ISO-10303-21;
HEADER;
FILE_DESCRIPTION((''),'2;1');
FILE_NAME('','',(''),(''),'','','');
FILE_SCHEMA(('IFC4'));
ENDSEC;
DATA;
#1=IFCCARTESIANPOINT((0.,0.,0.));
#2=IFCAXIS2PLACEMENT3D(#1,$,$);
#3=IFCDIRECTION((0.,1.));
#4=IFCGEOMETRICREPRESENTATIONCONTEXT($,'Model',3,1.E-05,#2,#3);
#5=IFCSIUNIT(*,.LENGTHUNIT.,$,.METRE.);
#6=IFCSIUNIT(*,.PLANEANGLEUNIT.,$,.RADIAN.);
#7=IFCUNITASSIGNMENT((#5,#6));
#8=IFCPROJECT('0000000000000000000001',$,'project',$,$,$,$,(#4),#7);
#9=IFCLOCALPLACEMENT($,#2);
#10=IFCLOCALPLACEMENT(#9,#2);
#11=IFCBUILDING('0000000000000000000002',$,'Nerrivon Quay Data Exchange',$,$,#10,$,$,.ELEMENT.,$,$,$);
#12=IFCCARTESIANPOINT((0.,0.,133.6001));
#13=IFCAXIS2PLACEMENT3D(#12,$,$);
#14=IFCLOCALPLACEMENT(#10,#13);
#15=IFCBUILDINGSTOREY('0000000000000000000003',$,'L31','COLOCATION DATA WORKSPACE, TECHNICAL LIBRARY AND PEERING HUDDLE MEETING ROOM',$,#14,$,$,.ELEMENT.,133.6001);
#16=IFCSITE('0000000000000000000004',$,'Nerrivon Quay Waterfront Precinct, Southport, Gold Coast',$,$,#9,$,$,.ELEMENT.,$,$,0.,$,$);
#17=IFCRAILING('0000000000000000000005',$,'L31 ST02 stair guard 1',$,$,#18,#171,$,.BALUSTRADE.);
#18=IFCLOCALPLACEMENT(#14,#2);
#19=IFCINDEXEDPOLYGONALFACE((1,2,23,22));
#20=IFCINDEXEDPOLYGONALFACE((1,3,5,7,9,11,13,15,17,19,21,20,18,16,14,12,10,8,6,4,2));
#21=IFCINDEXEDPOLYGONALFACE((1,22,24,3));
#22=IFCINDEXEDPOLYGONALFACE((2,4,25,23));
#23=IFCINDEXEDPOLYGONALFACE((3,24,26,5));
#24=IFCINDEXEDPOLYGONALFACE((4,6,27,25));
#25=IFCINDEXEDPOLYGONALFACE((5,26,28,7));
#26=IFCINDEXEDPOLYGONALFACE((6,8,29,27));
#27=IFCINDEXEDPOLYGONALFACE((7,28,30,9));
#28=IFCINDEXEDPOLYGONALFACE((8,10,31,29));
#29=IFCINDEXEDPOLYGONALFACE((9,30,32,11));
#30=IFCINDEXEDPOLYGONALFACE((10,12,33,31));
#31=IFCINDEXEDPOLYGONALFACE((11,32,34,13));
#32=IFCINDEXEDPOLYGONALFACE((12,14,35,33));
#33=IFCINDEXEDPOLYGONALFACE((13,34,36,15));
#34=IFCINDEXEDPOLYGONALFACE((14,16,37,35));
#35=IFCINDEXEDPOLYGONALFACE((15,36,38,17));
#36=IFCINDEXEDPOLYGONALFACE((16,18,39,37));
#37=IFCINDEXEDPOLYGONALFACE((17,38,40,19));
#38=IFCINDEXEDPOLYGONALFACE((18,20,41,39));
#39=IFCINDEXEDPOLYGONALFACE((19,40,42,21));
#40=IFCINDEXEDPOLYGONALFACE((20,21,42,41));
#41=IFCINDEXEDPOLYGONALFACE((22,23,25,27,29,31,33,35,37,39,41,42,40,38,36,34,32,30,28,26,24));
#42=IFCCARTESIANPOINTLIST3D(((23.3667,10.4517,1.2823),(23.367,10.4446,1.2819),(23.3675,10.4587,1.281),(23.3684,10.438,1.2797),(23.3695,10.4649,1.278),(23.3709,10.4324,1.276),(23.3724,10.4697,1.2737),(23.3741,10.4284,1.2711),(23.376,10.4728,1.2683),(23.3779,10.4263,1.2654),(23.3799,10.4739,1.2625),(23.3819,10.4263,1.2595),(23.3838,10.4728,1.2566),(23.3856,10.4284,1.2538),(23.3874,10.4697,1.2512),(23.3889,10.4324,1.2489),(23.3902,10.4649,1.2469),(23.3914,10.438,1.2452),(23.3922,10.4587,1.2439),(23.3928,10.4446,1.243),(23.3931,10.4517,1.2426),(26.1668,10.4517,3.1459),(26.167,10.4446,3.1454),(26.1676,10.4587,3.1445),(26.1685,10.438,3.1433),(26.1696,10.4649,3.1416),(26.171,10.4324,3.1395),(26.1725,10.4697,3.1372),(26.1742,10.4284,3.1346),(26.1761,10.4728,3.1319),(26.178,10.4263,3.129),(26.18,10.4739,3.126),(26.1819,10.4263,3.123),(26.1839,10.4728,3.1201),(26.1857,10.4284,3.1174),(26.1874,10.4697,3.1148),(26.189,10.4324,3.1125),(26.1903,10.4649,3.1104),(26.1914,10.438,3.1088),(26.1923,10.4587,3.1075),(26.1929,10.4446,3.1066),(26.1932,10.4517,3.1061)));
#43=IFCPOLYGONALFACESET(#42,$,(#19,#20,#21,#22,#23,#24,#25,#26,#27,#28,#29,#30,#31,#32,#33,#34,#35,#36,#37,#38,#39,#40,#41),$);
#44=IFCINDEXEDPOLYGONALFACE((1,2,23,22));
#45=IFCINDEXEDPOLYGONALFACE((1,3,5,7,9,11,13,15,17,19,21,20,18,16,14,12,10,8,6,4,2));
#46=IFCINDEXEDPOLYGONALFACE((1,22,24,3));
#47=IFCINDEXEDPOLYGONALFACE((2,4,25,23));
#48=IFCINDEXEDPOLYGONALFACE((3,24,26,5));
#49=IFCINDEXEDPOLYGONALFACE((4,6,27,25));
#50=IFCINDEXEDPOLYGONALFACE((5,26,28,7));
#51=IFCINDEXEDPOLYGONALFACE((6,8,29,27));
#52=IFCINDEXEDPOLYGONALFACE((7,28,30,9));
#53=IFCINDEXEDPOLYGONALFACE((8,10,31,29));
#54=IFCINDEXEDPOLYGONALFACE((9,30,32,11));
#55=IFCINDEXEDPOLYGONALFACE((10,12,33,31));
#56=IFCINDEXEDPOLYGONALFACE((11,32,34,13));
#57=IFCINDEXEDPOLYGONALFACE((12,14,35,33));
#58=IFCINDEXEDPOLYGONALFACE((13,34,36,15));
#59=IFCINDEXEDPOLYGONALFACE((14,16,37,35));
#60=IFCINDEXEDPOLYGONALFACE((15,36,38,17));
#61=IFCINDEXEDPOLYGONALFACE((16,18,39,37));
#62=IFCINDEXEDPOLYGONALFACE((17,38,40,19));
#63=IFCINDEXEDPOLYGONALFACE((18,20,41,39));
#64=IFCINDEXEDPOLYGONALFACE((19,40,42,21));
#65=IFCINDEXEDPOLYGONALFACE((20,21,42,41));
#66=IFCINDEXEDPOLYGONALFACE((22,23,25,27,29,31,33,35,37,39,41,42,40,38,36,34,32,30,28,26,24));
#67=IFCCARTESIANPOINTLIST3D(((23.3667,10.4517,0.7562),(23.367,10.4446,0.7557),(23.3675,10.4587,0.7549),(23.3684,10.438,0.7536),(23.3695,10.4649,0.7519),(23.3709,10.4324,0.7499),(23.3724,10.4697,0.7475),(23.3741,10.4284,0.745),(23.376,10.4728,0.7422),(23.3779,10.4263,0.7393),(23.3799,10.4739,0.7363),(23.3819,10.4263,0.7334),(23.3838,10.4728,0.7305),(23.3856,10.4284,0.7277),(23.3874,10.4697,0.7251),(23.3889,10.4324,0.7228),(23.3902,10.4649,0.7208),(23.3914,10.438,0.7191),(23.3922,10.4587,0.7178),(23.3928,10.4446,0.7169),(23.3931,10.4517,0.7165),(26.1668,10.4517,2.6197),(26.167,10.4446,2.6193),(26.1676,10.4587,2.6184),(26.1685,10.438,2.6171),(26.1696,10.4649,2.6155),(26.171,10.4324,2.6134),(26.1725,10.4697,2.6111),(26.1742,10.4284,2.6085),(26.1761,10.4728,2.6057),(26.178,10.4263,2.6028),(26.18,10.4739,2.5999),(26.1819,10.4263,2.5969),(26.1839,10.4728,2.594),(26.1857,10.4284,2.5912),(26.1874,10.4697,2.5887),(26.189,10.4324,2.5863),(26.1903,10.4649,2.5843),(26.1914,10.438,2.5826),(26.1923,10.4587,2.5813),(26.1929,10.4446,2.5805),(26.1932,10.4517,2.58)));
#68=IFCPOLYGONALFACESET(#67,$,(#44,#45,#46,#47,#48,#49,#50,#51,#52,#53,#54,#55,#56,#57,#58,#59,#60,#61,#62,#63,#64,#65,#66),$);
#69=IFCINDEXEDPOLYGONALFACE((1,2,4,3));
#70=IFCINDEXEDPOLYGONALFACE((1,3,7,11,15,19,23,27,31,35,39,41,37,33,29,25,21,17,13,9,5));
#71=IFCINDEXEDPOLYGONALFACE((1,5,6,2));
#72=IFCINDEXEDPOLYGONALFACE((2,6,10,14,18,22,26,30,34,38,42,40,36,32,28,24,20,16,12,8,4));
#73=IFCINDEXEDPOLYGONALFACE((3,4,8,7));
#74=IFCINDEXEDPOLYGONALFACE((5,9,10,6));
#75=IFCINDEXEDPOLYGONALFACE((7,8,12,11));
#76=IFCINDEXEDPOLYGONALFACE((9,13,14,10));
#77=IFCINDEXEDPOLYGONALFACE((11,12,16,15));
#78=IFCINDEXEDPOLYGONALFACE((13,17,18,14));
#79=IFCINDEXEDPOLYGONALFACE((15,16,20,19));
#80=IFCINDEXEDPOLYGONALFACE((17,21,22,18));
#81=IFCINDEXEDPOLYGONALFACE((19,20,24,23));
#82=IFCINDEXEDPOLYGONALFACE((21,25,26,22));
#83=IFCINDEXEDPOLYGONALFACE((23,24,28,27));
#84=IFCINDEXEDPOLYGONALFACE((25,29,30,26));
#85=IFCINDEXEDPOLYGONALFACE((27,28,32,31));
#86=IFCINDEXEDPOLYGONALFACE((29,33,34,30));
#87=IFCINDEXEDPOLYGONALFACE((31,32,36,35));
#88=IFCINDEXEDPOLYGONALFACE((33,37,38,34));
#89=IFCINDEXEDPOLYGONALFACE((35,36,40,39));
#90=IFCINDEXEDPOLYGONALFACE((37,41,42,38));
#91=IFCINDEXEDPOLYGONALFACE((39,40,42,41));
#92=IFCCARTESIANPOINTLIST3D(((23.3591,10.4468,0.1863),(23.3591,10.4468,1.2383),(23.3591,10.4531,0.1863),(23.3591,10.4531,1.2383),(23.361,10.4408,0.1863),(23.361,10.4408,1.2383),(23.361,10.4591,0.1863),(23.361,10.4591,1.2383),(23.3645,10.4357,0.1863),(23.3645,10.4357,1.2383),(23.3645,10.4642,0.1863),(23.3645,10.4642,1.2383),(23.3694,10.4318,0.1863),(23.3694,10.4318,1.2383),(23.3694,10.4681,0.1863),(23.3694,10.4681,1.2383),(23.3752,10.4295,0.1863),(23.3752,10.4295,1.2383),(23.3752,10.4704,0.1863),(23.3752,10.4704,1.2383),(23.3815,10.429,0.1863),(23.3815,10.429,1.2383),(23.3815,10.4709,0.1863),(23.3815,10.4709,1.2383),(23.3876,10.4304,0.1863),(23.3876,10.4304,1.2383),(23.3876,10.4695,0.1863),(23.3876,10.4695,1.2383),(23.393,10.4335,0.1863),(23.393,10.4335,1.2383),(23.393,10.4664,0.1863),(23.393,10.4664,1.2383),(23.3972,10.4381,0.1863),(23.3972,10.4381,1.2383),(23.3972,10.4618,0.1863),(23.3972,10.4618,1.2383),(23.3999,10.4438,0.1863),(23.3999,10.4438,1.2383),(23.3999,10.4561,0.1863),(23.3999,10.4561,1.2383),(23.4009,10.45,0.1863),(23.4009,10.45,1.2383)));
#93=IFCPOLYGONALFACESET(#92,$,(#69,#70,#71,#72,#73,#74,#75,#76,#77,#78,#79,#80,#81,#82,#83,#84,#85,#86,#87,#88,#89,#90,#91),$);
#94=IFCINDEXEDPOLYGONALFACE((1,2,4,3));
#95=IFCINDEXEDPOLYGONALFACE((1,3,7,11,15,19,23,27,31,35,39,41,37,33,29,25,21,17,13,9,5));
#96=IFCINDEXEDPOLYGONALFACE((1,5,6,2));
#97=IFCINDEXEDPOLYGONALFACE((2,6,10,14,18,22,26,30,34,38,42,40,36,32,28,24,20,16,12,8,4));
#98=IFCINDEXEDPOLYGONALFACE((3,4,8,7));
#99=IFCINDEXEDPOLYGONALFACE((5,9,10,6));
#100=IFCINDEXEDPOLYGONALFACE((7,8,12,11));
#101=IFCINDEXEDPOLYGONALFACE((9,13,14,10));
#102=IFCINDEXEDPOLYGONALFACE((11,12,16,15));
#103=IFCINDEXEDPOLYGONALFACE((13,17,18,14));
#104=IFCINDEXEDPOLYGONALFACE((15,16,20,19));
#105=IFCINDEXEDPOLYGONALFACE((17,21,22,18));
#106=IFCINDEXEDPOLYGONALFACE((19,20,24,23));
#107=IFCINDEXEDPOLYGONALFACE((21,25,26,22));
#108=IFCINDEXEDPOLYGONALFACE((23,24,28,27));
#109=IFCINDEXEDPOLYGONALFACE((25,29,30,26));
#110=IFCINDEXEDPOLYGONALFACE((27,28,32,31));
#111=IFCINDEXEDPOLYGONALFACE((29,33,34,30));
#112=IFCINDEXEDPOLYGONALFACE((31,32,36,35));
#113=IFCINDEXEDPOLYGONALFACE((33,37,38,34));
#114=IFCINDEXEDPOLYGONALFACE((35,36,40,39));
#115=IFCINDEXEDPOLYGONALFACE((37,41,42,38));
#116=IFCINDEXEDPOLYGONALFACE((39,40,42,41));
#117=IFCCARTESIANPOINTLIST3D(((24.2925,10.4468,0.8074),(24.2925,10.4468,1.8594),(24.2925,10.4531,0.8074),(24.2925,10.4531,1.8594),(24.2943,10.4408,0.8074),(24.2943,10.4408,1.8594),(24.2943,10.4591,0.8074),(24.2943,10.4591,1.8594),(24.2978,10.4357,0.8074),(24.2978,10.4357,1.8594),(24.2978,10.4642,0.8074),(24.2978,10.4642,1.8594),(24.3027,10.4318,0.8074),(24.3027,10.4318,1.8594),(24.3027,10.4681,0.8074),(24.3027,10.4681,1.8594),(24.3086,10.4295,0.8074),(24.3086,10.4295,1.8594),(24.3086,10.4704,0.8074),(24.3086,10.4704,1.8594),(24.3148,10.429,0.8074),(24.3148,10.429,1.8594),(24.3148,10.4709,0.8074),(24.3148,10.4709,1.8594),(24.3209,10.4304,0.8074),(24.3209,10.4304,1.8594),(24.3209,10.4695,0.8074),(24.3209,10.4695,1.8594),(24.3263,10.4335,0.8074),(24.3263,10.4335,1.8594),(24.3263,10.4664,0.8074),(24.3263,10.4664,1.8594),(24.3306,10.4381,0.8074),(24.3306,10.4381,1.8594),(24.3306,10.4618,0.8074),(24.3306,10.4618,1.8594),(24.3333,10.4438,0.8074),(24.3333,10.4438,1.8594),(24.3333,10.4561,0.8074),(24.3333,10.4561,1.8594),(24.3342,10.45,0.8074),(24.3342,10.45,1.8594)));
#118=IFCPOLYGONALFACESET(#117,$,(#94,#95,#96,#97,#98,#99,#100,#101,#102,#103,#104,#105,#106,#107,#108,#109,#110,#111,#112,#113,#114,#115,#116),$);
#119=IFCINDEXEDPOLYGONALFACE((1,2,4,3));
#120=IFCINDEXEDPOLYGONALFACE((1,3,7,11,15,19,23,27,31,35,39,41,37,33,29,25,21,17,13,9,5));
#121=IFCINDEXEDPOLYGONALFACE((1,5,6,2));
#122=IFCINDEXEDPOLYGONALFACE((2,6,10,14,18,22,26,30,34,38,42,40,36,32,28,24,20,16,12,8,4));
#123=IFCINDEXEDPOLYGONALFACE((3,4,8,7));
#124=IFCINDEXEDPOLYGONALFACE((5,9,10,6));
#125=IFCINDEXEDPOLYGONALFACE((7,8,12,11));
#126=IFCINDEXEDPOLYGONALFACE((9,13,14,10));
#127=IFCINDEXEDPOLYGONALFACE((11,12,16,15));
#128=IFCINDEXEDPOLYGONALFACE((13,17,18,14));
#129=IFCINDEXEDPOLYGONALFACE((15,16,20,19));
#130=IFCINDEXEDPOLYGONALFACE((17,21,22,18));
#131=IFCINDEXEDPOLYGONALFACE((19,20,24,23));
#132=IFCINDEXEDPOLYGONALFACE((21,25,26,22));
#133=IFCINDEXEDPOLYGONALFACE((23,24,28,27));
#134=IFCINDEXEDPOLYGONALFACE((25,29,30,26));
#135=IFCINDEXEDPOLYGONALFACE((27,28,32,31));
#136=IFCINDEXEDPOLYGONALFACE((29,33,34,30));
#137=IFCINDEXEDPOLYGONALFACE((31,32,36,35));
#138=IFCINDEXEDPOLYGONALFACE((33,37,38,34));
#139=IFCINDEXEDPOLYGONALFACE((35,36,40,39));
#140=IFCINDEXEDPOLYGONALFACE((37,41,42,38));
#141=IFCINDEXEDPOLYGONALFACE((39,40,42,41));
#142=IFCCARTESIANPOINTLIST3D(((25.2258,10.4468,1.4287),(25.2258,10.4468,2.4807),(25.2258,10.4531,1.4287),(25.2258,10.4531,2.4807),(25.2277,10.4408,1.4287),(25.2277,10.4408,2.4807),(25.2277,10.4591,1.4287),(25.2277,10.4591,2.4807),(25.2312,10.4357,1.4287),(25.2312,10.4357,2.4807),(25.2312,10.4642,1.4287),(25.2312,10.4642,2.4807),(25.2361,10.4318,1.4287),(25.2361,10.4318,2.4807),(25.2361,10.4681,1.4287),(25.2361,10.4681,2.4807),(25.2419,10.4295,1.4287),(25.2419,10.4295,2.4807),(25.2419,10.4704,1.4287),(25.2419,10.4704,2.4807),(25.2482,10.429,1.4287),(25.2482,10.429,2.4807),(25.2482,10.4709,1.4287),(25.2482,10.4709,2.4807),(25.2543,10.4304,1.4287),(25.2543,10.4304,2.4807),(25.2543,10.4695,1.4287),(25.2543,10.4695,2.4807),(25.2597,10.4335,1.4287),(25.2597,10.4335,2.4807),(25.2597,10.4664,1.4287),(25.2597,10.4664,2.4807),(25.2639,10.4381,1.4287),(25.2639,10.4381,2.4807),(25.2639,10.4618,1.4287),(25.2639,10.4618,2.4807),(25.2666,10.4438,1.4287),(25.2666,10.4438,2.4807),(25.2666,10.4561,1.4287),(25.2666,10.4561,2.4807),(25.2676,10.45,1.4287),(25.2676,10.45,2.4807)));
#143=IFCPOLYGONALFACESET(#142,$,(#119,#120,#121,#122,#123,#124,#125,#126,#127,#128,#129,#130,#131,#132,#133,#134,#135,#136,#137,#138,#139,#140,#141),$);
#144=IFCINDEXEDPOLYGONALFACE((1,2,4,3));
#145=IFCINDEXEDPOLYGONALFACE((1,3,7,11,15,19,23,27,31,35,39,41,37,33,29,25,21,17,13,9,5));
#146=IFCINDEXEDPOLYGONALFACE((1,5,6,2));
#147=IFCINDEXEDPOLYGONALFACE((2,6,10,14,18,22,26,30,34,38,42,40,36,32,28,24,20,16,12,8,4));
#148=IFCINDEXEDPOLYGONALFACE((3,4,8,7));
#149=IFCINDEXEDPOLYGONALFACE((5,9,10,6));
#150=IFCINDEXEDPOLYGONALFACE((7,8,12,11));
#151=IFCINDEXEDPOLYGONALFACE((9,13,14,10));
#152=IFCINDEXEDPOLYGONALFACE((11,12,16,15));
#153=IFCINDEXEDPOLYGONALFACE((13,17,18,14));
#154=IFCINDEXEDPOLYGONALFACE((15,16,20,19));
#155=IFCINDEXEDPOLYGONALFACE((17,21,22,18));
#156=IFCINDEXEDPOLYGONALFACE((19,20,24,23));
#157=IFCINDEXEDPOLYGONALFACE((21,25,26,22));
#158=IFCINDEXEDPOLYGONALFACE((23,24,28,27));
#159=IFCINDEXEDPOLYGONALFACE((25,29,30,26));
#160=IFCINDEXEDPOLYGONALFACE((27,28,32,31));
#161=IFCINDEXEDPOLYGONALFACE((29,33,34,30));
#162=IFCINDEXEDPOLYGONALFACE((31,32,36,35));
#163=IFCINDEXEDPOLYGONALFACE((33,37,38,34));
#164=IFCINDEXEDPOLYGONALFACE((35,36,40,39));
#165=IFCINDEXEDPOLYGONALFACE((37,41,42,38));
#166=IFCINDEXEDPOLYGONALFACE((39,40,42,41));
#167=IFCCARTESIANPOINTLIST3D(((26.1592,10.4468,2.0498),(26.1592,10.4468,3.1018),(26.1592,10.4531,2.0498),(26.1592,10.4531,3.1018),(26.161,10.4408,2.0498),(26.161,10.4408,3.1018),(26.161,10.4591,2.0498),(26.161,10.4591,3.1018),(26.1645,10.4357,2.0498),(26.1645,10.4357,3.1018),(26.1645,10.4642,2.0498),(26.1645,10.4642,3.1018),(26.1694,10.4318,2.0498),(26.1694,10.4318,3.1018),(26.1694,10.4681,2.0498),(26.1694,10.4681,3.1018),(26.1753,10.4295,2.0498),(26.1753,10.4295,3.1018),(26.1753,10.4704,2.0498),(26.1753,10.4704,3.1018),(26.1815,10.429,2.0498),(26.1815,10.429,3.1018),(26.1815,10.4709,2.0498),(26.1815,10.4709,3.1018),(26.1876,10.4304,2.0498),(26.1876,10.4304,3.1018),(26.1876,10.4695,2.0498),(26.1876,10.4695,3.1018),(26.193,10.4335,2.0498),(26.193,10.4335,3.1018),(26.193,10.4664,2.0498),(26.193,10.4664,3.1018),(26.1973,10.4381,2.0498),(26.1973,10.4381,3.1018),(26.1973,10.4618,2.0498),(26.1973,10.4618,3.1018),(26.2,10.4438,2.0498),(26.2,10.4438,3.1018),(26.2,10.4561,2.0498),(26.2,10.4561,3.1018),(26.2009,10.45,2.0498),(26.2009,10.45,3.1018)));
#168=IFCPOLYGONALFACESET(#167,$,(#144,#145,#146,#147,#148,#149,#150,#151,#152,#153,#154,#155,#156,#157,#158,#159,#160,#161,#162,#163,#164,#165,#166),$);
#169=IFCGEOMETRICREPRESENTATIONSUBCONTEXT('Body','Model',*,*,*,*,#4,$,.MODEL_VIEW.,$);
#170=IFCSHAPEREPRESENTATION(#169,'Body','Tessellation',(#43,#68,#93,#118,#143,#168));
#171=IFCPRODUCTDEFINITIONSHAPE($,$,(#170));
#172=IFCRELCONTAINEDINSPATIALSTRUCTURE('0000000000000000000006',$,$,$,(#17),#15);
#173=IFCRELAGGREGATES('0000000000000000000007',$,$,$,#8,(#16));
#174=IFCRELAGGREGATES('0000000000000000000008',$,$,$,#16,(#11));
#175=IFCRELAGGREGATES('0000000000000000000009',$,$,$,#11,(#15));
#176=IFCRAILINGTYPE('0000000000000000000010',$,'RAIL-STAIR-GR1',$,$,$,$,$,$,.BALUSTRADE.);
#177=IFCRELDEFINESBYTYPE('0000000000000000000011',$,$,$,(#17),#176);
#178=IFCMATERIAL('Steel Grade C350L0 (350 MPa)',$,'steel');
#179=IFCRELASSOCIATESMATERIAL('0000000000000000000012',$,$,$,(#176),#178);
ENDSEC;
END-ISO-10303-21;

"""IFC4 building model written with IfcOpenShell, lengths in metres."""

from ifc_helpers import new_model, si_unit, direction, frame, origin, origin_2d, place, context, subcontext, project, spatial, circle, extrude, material, type_object, element, save


model = new_model("IFC4")

# Units and contexts
model_context = context("Model", 3, precision=1e-05, world=origin(), true_north=direction((0.0, 1.0)))
body_context = subcontext(model_context, "Body", "Model", "MODEL_VIEW")
ifc_project = project(units=[si_unit("LENGTHUNIT", "METRE"), si_unit("PLANEANGLEUNIT", "RADIAN")], contexts=[model_context])

# Site, building, storey
site_placement = place(None, origin())
site = spatial("IfcSite", under=ifc_project, at=site_placement, Name="Nerrivon Quay Waterfront Precinct, Southport, Gold Coast", CompositionType="ELEMENT", RefElevation=0.0)
building_placement = place(site_placement, origin())
building = spatial("IfcBuilding", under=site, at=building_placement, Name="Nerrivon Quay Data Exchange", CompositionType="ELEMENT")
storey_placement = place(building_placement, frame((0.0, 0.0, 133.6001)))
storey = spatial("IfcBuildingStorey", under=building, at=storey_placement, Name="L31", Description="COLOCATION DATA WORKSPACE, TECHNICAL LIBRARY AND PEERING HUDDLE MEETING ROOM", CompositionType="ELEMENT", Elevation=133.6001)

# Railing
ifc_material_1 = material(Name="Steel Grade C350L0 (350 MPa)", Category="steel")
railing_type_1 = type_object("IfcRailingType", Name="RAIL-STAIR-GR1", PredefinedType="BALUSTRADE", material=ifc_material_1)
railing_1_placement = place(storey_placement, frame((23.3799, 10.45, 0.1863)))
element("IfcRailing", 1, at=railing_1_placement, inside=storey, type_object=railing_type_1, Name="L31 ST02 stair guard 1", PredefinedType="BALUSTRADE", context=body_context, shape_type="SweptSolid", body=[
    extrude(circle(Radius=0.0239, at=origin_2d()), frame((0.0, 0.0, 1.0762), z_axis=(0.832486, 0.0, 0.554047), x_axis=(0.0, 1.0, 0.0)), (0.0, 0.0, 1.0), 3.3635),
    extrude(circle(Radius=0.0239, at=origin_2d()), frame((0.0, 0.0, 0.55), z_axis=(0.832486, 0.0, 0.554047), x_axis=(0.0, 1.0, 0.0)), (0.0, 0.0, 1.0), 3.3635),
    extrude(circle(Radius=0.021, at=origin_2d()), origin(), (0.0, 0.0, 1.0), 1.052),
    extrude(circle(Radius=0.021, at=origin_2d()), frame((0.9333, 0.0, 0.6211)), (0.0, 0.0, 1.0), 1.052),
    extrude(circle(Radius=0.021, at=origin_2d()), frame((1.8667, 0.0, 1.2424)), (0.0, 0.0, 1.0), 1.052),
    extrude(circle(Radius=0.021, at=origin_2d()), frame((2.8, 0.0, 1.8635)), (0.0, 0.0, 1.0), 1.052),
])

save(model, "model.ifc")
